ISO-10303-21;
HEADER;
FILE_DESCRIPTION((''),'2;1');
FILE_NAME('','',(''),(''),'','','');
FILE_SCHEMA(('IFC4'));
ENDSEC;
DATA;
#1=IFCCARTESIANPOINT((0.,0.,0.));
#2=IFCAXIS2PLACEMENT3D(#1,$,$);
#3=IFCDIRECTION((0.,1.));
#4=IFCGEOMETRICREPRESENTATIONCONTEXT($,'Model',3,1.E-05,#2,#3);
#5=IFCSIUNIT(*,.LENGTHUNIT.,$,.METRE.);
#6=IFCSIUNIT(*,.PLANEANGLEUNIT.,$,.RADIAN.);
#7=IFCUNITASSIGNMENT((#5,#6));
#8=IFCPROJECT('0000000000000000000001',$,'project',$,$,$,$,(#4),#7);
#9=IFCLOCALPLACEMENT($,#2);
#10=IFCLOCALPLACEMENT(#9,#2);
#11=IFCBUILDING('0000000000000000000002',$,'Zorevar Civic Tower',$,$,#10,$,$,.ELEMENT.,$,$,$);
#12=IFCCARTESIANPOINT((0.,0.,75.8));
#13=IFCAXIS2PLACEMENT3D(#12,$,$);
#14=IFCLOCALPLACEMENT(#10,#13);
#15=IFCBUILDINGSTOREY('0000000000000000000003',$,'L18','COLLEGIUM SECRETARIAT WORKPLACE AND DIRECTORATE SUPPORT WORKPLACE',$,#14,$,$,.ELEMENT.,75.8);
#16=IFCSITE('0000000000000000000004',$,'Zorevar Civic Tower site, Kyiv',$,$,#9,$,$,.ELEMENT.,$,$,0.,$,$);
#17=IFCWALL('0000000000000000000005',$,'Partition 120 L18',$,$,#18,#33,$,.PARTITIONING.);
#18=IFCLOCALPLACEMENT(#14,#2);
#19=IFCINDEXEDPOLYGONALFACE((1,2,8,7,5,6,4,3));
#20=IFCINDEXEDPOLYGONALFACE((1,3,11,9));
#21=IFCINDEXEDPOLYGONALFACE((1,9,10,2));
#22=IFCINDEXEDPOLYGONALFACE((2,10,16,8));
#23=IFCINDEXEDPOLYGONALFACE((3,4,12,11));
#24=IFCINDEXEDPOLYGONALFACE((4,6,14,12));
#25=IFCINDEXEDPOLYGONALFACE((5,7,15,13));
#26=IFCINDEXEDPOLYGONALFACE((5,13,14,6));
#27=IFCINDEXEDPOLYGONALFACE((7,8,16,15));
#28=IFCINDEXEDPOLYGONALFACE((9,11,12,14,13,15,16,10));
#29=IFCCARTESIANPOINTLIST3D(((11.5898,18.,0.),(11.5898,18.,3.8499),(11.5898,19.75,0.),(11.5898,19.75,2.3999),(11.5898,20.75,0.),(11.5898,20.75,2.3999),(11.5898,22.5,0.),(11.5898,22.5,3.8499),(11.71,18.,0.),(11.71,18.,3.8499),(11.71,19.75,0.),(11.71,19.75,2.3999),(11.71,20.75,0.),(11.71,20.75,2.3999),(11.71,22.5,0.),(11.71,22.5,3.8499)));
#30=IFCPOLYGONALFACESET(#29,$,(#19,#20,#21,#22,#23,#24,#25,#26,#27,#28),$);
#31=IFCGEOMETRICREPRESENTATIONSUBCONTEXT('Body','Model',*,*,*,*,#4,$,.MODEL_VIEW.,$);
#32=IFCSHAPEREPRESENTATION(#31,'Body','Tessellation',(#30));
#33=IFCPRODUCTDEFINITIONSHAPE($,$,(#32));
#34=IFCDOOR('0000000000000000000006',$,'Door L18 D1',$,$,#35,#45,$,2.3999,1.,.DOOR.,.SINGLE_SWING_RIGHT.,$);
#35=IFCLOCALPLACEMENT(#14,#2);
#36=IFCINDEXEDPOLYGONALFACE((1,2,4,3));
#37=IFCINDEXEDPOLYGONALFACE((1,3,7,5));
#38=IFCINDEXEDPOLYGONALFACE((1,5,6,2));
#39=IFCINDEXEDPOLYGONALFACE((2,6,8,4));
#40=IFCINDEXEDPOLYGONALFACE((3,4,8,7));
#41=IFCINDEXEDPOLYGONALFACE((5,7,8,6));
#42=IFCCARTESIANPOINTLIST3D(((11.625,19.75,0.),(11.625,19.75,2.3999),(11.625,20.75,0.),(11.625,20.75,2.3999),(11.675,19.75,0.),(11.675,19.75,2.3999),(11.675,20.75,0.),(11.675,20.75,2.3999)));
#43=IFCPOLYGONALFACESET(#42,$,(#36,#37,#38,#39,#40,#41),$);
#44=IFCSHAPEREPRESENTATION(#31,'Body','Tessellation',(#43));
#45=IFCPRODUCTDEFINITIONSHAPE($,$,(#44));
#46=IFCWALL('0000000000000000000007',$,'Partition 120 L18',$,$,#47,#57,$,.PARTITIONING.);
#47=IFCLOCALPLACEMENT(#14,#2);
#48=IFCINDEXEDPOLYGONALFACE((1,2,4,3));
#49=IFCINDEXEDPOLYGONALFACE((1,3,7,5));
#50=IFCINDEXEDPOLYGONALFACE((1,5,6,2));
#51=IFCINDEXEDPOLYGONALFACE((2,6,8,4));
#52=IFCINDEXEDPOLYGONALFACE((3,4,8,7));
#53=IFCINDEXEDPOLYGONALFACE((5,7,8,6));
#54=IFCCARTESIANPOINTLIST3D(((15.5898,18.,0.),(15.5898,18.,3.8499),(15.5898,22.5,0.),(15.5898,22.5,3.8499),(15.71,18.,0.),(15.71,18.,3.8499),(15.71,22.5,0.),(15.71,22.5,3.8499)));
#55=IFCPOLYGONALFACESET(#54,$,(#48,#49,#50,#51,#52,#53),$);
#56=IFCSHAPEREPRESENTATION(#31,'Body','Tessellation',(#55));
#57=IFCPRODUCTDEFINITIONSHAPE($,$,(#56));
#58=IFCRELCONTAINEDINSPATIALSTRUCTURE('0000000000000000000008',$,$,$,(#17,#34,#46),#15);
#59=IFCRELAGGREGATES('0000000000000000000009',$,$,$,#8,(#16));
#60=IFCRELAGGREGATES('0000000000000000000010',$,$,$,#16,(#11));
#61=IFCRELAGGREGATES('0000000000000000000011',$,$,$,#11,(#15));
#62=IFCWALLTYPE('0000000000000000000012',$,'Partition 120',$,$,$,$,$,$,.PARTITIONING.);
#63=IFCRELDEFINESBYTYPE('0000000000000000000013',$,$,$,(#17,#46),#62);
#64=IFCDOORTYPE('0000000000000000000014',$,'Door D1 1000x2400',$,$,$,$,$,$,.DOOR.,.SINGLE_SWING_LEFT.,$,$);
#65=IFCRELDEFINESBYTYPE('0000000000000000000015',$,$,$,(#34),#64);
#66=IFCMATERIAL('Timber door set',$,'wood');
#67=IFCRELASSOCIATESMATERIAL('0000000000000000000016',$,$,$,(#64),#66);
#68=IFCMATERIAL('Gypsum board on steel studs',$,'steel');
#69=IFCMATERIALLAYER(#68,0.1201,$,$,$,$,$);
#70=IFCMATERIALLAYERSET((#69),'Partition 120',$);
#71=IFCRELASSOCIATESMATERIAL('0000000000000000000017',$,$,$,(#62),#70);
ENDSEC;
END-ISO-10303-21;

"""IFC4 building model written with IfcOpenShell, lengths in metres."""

from ifc_helpers import new_model, si_unit, direction, frame, frame_2d, origin, place, context, subcontext, project, spatial, rectangle, extrude, material, layer, layer_set, type_object, element, fill, save


model = new_model("IFC4")

# Units and contexts
model_context = context("Model", 3, precision=1e-05, world=origin(), true_north=direction((0.0, 1.0)))
body_context = subcontext(model_context, "Body", "Model", "MODEL_VIEW")
ifc_project = project(units=[si_unit("LENGTHUNIT", "METRE"), si_unit("PLANEANGLEUNIT", "RADIAN")], contexts=[model_context])

# Site, building, storey
site_placement = place(None, origin())
site = spatial("IfcSite", under=ifc_project, at=site_placement, Name="Zorevar Civic Tower site, Kyiv", CompositionType="ELEMENT", RefElevation=0.0)
building_placement = place(site_placement, origin())
building = spatial("IfcBuilding", under=site, at=building_placement, Name="Zorevar Civic Tower", CompositionType="ELEMENT")
storey_placement = place(building_placement, frame((0.0, 0.0, 75.8)))
storey = spatial("IfcBuildingStorey", under=building, at=storey_placement, Name="L18", Description="COLLEGIUM SECRETARIAT WORKPLACE AND DIRECTORATE SUPPORT WORKPLACE", CompositionType="ELEMENT", Elevation=75.8)

# Shared definitions
ifc_material_1 = material(Name="Timber door set", Category="wood")
door_type_1 = type_object("IfcDoorType", Name="Door D1 1000x2400", OperationType="SINGLE_SWING_LEFT", PredefinedType="DOOR", material=ifc_material_1)

# Shared definitions
ifc_material_2 = material(Name="Gypsum board on steel studs", Category="steel")
ifc_layer_1 = layer(ifc_material_2, 0.1201)
ifc_layer_set_1 = layer_set([ifc_layer_1], Name="Partition 120")
wall_type_1 = type_object("IfcWallType", Name="Partition 120", PredefinedType="PARTITIONING", material=ifc_layer_set_1)

# Wall, opening, door
wall_1_placement = place(storey_placement, frame((11.6499, 18.0, 0.0), z_axis=(0.0, 0.0, 1.0), x_axis=(0.0, 1.0, 0.0)))
wall_1 = element("IfcWall", 1, at=wall_1_placement, inside=storey, type_object=wall_type_1, Name="Partition 120 L18", PredefinedType="PARTITIONING", context=body_context, shape_type="SweptSolid", body=[
    extrude(rectangle(XDim=4.5, YDim=0.1201, at=frame_2d((2.25, 0.0))), origin(), (0.0, 0.0, 1.0), 3.8499),
])
opening_1_placement = place(wall_1_placement, frame((1.75, 0.0, 0.0)))
opening_1 = element("IfcOpeningElement", 2, at=opening_1_placement, cuts=wall_1, PredefinedType="OPENING", context=body_context, shape_type="SweptSolid", body=[
    extrude(rectangle(XDim=1.0, YDim=2.3999, at=frame_2d((0.5, 1.2))), frame((0.0, 0.0701, 0.0), z_axis=(0.0, -1.0, 0.0), x_axis=(1.0, 0.0, 0.0)), (0.0, 0.0, 1.0), 0.1401),
])
door_1_placement = place(opening_1_placement, origin())
door_1 = element("IfcDoor", 3, at=door_1_placement, inside=storey, type_object=door_type_1, Name="Door L18 D1", OperationType="SINGLE_SWING_RIGHT", OverallHeight=2.3999, OverallWidth=1.0, PredefinedType="DOOR", context=body_context, shape_type="SweptSolid", body=[
    extrude(rectangle(XDim=1.0, YDim=2.3999, at=frame_2d((0.5, 1.2))), frame((0.0, 0.0249, 0.0), z_axis=(0.0, -1.0, 0.0), x_axis=(1.0, 0.0, 0.0)), (0.0, 0.0, 1.0), 0.05),
])
fill(opening_1, door_1)

# Wall
wall_2_placement = place(storey_placement, frame((15.6499, 18.0, 0.0), z_axis=(0.0, 0.0, 1.0), x_axis=(0.0, 1.0, 0.0)))
element("IfcWall", 4, at=wall_2_placement, inside=storey, type_object=wall_type_1, Name="Partition 120 L18", PredefinedType="PARTITIONING", context=body_context, shape_type="SweptSolid", body=[
    extrude(rectangle(XDim=4.5, YDim=0.1201, at=frame_2d((2.25, 0.0))), origin(), (0.0, 0.0, 1.0), 3.8499),
])

save(model, "model.ifc")
